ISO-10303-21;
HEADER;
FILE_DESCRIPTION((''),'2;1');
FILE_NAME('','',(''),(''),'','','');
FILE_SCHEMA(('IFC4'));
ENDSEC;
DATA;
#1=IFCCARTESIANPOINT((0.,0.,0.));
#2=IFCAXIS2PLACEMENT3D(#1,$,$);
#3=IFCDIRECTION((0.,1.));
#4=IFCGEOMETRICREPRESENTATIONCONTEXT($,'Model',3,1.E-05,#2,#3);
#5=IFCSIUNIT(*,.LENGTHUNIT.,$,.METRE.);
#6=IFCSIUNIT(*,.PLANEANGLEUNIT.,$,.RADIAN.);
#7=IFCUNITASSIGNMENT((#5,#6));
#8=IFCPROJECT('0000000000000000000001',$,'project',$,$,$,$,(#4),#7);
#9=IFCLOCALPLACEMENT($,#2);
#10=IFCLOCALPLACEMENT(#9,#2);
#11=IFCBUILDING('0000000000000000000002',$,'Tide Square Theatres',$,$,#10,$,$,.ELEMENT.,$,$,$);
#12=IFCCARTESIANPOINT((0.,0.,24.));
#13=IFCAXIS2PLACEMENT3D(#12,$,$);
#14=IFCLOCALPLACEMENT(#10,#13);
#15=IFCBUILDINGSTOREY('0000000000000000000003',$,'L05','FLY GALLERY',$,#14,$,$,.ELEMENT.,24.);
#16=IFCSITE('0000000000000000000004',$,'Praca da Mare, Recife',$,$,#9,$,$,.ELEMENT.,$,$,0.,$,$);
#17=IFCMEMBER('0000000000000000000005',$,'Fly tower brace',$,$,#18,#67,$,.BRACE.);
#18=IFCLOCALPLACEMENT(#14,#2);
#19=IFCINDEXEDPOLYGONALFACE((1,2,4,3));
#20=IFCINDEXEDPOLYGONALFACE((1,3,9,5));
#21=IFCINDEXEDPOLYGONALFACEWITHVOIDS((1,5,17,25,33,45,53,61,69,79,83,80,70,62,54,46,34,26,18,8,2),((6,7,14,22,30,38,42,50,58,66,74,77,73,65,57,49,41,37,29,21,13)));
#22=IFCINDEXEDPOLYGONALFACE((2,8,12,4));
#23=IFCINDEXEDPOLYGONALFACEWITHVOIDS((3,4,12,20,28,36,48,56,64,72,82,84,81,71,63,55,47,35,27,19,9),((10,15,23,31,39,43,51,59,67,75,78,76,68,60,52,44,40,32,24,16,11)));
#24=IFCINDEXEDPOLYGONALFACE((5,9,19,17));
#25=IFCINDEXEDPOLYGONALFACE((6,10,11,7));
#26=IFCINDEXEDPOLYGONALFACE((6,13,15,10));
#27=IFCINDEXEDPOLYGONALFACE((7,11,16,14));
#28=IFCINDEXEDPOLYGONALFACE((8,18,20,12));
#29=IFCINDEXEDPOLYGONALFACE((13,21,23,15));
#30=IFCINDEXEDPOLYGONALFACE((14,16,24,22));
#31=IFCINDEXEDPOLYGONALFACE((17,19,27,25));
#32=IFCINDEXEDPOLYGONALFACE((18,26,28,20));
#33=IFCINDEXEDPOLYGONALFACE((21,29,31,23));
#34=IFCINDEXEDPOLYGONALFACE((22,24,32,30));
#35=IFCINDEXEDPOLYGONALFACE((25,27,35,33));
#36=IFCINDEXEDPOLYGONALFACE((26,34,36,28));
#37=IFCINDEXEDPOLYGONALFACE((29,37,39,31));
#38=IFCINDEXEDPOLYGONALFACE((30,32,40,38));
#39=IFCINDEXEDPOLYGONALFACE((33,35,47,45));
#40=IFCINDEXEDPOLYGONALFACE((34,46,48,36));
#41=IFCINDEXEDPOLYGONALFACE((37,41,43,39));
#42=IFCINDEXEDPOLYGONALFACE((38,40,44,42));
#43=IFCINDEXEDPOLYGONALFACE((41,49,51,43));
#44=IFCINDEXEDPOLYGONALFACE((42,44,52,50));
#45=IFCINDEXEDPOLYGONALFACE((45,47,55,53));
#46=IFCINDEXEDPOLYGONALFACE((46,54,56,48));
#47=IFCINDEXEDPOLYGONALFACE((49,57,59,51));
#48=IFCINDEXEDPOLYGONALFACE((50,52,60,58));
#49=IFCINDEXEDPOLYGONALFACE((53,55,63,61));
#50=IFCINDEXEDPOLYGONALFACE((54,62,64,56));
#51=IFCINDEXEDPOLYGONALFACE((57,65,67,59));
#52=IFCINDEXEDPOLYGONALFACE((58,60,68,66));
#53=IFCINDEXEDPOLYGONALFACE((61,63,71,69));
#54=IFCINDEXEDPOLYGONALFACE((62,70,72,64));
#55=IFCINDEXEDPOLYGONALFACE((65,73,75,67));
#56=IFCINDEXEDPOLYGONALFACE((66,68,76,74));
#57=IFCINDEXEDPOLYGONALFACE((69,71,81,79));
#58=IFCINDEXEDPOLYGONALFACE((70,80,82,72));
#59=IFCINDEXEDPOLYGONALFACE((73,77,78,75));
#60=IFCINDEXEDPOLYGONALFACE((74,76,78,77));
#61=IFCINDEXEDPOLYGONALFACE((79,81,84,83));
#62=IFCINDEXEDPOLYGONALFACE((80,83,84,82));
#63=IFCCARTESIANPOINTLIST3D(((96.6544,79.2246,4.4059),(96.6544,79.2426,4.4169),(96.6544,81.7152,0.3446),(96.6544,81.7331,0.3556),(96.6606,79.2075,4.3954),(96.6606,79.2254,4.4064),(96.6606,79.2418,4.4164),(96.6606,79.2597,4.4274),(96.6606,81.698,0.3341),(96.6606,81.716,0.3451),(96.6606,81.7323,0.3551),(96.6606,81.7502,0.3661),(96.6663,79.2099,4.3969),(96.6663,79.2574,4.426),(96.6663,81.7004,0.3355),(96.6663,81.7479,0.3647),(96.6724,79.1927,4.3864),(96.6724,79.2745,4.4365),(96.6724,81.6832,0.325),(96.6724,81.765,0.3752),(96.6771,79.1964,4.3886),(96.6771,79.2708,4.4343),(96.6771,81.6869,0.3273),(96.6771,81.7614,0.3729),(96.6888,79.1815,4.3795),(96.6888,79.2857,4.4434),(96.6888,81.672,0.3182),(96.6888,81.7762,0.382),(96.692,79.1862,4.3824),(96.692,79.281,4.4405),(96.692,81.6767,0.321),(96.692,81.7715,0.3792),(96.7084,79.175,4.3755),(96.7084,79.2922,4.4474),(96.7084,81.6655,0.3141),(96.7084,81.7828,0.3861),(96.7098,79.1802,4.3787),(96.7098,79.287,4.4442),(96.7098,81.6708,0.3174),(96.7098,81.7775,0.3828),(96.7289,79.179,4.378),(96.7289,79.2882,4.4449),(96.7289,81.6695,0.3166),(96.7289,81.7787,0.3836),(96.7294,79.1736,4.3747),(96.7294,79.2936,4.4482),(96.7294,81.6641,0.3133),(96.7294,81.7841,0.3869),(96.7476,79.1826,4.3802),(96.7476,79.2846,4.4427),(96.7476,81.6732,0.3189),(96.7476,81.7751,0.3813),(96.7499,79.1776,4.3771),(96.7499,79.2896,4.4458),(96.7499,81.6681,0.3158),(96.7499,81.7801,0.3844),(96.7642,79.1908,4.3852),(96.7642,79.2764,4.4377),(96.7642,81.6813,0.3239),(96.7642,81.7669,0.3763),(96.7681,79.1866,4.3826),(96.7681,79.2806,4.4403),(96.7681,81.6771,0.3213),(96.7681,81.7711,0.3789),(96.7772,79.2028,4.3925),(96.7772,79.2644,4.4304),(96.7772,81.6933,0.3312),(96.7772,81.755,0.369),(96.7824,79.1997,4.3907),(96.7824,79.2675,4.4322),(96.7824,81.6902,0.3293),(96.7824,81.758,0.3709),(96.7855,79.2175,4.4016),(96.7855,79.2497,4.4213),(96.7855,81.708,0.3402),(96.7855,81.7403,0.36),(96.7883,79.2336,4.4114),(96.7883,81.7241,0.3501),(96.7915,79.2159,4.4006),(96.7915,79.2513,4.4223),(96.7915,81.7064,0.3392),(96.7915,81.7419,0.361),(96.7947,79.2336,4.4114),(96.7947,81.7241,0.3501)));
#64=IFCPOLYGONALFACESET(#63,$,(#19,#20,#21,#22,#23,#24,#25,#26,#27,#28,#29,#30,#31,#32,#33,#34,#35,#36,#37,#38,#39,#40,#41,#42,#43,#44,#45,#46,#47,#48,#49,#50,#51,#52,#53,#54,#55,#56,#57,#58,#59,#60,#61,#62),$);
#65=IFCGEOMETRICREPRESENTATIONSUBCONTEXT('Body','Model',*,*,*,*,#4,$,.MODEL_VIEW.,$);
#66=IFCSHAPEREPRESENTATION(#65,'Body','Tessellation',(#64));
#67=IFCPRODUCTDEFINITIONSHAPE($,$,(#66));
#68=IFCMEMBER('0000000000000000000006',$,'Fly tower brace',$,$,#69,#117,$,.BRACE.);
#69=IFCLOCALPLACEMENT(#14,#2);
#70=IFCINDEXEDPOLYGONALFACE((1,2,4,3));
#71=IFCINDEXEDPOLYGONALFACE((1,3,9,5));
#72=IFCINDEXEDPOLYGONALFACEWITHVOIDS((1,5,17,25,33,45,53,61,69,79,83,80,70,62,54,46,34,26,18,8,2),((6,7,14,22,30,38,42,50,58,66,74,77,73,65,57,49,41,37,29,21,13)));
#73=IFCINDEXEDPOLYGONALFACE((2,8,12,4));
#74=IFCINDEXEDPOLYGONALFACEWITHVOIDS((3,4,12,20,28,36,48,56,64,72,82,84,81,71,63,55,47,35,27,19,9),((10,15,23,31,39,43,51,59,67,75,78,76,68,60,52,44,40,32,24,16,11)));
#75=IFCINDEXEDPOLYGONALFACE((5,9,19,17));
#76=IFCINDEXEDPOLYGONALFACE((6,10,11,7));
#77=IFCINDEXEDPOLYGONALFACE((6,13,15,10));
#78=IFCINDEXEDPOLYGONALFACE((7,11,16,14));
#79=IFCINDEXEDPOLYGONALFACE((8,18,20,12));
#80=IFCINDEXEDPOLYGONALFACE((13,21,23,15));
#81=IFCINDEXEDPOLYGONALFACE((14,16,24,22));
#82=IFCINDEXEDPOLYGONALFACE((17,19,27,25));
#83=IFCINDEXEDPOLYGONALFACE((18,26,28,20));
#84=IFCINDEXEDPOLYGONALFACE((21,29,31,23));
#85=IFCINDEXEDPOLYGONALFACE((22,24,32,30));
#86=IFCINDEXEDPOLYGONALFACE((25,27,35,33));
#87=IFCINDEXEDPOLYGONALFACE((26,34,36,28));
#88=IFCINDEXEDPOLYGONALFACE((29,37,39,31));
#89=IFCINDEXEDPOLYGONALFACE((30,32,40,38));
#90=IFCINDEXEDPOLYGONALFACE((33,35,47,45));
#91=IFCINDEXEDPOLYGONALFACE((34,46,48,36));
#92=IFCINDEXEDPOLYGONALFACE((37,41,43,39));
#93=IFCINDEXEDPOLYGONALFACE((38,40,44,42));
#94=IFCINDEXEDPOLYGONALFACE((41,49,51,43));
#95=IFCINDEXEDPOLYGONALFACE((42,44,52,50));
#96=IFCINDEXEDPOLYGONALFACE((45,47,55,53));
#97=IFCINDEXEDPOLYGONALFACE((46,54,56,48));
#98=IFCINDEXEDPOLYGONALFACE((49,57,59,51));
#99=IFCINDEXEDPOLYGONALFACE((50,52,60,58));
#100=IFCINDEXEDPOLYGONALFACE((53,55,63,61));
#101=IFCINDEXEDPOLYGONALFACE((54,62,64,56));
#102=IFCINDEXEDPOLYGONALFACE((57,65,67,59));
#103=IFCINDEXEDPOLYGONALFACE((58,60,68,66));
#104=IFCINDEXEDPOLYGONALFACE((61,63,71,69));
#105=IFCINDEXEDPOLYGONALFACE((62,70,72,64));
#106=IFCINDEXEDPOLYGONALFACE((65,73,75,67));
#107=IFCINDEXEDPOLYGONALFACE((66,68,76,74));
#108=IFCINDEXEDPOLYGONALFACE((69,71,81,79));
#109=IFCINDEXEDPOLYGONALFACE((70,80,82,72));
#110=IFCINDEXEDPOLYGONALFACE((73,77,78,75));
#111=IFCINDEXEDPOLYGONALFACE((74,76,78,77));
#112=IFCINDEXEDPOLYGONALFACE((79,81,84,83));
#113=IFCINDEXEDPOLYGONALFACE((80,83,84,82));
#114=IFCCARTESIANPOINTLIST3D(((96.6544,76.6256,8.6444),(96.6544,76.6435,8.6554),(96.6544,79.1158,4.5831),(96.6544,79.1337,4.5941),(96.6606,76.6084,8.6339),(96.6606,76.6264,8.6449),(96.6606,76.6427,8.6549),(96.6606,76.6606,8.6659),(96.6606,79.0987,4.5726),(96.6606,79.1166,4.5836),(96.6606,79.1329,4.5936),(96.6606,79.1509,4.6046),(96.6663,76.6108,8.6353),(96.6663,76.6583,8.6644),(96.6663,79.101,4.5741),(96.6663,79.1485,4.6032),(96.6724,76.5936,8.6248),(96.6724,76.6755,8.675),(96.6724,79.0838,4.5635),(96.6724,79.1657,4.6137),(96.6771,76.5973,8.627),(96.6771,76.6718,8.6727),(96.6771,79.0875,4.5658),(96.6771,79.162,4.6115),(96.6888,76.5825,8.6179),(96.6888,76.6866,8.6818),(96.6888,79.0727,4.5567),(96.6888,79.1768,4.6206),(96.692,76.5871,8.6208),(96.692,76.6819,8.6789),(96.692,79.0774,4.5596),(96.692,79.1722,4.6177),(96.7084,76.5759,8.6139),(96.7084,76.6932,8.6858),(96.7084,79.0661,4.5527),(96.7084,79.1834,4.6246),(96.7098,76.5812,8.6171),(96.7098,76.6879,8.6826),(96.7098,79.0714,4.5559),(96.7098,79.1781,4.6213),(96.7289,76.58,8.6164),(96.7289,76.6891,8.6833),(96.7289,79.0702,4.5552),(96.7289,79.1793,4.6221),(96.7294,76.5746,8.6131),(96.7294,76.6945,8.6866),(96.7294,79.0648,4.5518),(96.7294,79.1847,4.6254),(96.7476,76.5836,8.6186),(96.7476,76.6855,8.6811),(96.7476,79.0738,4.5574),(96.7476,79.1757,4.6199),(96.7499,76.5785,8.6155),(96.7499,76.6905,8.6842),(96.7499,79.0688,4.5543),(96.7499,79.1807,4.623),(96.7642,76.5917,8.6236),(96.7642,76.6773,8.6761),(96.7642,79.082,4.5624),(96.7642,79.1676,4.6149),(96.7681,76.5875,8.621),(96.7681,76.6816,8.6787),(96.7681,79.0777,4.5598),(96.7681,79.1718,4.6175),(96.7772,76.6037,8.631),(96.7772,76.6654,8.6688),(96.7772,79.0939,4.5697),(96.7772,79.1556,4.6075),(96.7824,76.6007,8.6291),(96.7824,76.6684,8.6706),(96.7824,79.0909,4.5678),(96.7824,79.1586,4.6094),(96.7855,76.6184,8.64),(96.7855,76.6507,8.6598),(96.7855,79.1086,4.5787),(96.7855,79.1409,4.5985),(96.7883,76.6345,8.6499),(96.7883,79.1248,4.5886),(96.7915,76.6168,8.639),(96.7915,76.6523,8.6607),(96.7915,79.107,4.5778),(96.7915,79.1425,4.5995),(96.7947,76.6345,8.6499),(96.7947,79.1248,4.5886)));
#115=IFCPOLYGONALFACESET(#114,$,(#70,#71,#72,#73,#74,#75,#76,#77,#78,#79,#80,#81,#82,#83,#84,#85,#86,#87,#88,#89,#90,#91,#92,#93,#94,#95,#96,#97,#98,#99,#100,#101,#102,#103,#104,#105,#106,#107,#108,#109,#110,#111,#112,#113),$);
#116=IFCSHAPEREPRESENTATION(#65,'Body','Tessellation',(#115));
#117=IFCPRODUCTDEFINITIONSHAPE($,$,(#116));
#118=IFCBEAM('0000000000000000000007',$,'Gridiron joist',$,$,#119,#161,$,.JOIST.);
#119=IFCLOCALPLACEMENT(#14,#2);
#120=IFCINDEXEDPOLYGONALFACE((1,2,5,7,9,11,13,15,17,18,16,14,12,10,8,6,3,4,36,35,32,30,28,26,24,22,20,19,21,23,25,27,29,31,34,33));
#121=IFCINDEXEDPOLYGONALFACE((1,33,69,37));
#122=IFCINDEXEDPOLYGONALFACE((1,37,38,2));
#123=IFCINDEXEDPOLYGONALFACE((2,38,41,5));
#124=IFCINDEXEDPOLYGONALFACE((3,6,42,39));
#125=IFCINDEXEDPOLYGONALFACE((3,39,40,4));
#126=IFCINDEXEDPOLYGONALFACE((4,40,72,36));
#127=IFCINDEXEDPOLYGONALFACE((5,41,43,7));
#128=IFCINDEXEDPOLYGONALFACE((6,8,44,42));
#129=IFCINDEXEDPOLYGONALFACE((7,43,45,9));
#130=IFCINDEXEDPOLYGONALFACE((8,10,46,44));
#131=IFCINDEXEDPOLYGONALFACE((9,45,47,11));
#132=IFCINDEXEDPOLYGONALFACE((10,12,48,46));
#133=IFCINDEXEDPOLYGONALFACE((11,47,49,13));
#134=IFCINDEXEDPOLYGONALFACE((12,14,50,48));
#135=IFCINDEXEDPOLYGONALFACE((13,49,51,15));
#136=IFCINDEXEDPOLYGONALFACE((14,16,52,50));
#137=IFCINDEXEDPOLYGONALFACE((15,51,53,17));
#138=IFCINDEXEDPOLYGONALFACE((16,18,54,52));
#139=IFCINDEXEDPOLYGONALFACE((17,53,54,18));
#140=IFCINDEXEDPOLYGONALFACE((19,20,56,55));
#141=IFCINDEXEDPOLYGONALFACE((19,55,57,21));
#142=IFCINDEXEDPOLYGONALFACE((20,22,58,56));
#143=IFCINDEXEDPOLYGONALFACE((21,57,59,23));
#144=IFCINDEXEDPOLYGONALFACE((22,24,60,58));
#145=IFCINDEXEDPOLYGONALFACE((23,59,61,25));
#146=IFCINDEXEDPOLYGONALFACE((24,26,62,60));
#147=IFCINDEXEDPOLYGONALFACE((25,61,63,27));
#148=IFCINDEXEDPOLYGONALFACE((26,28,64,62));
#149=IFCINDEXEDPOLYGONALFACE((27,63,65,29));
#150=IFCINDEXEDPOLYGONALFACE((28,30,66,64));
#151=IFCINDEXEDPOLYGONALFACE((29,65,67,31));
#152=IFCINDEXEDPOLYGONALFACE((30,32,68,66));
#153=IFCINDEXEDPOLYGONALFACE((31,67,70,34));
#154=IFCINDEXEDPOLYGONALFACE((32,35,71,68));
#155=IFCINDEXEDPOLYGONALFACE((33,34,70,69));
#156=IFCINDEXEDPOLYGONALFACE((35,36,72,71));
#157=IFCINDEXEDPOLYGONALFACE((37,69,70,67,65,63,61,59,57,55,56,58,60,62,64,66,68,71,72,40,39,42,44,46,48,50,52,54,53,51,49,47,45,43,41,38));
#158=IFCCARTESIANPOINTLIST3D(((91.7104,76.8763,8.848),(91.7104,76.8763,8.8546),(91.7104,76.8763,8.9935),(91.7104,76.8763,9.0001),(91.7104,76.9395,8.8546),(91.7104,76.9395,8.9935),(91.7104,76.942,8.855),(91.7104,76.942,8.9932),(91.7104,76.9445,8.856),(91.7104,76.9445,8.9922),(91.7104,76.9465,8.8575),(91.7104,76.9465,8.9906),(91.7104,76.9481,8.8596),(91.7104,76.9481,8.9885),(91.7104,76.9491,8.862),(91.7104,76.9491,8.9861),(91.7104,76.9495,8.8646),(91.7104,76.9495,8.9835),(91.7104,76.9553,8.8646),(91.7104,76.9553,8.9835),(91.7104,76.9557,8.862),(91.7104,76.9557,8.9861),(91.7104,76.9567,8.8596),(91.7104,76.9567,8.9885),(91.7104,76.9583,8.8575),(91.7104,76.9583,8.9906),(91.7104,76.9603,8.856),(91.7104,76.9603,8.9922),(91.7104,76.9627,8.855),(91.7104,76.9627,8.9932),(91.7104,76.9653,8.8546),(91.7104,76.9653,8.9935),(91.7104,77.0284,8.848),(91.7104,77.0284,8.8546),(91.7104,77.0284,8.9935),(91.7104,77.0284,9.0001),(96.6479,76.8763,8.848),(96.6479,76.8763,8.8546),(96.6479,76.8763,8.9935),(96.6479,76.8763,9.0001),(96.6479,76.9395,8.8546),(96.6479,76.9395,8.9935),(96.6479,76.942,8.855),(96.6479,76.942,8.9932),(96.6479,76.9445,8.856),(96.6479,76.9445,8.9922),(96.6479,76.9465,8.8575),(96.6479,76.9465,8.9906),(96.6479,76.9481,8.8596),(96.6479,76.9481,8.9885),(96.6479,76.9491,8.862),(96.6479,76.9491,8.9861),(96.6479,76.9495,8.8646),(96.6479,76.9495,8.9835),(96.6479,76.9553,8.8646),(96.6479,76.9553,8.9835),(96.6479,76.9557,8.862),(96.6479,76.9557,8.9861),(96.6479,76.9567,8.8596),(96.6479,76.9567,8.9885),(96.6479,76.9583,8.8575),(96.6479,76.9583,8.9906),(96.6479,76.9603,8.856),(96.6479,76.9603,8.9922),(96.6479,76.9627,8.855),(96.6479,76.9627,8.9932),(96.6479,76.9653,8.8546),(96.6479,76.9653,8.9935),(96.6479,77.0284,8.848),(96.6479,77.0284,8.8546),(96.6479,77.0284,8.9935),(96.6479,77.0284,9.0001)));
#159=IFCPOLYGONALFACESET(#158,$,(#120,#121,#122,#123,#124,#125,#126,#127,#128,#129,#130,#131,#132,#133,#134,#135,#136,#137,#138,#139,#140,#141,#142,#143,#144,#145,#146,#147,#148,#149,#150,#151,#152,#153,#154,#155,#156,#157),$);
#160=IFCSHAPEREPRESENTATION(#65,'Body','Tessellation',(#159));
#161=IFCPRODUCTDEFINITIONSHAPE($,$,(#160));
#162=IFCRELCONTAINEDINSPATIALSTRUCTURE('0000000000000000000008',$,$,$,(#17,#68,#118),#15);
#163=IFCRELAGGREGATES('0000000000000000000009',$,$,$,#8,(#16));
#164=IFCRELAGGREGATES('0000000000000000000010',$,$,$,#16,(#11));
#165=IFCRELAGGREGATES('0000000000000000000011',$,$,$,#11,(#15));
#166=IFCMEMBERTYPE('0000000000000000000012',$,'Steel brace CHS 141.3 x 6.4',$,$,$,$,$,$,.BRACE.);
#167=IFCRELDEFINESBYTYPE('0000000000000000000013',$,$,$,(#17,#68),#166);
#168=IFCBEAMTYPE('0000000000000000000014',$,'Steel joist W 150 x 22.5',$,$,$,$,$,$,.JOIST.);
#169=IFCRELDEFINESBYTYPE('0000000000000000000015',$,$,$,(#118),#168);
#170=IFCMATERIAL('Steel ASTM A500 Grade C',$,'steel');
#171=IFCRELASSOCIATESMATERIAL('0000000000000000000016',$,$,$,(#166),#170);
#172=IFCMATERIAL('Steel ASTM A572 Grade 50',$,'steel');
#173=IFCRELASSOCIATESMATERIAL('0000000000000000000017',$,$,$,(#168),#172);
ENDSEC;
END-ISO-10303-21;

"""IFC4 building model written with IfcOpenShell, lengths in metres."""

from ifc_helpers import new_model, si_unit, direction, frame, origin, origin_2d, place, context, subcontext, project, spatial, hollow_circle, i_section, extrude, material, material_profile, profile_set, type_object, element, save


model = new_model("IFC4")

# Units and contexts
model_context = context("Model", 3, precision=1e-05, world=origin(), true_north=direction((0.0, 1.0)))
body_context = subcontext(model_context, "Body", "Model", "MODEL_VIEW")
ifc_project = project(units=[si_unit("LENGTHUNIT", "METRE"), si_unit("PLANEANGLEUNIT", "RADIAN")], contexts=[model_context])

# Site, building, storey
site_placement = place(None, origin())
site = spatial("IfcSite", under=ifc_project, at=site_placement, Name="Praca da Mare, Recife", CompositionType="ELEMENT", RefElevation=0.0)
building_placement = place(site_placement, origin())
building = spatial("IfcBuilding", under=site, at=building_placement, Name="Tide Square Theatres", CompositionType="ELEMENT")
storey_placement = place(building_placement, frame((0.0, 0.0, 24.0)))
storey = spatial("IfcBuildingStorey", under=building, at=storey_placement, Name="L05", Description="FLY GALLERY", CompositionType="ELEMENT", Elevation=24.0)

# Members
ifc_material_1 = material(Name="Steel ASTM A500 Grade C", Category="steel")
ifc_material_profile_1 = material_profile(ifc_material_1, hollow_circle(Radius=0.0706, WallThickness=0.0063, at=origin_2d()))
ifc_profile_set_1 = profile_set([ifc_material_profile_1], Name="Steel ASTM A500 Grade C")
member_type_1 = type_object("IfcMemberType", Name="Steel brace CHS 141.3 x 6.4", PredefinedType="BRACE", material=ifc_profile_set_1)
member_1_placement = place(storey_placement, frame((96.7241, 81.7241, 0.3501), z_axis=(0.0, -0.522762, 0.852479), x_axis=(1.0, 0.0, 0.0)))
element("IfcMember", 1, at=member_1_placement, inside=storey, type_object=member_type_1, Name="Fly tower brace", PredefinedType="BRACE", context=body_context, shape_type="SweptSolid", body=[
    extrude(hollow_circle(Radius=0.0706, WallThickness=0.0063, at=origin_2d()), origin(), (0.0, 0.0, 1.0), 4.7642),
])
member_2_placement = place(storey_placement, frame((96.7241, 79.1248, 4.5886), z_axis=(0.0, -0.522724, 0.852502), x_axis=(1.0, 0.0, 0.0)))
element("IfcMember", 2, at=member_2_placement, inside=storey, type_object=member_type_1, Name="Fly tower brace", PredefinedType="BRACE", context=body_context, shape_type="SweptSolid", body=[
    extrude(hollow_circle(Radius=0.0706, WallThickness=0.0063, at=origin_2d()), origin(), (0.0, 0.0, 1.0), 4.7639),
])

# Beam
ifc_material_2 = material(Name="Steel ASTM A572 Grade 50", Category="steel")
ifc_material_profile_2 = material_profile(ifc_material_2, i_section(OverallWidth=0.1521, OverallDepth=0.1521, WebThickness=0.0059, FlangeThickness=0.0066, FilletRadius=0.01, at=origin_2d()))
ifc_profile_set_2 = profile_set([ifc_material_profile_2], Name="Steel ASTM A572 Grade 50")
beam_type_1 = type_object("IfcBeamType", Name="Steel joist W 150 x 22.5", PredefinedType="JOIST", material=ifc_profile_set_2)
for number, where, z_axis, x_axis, name in (
    (3, (91.7104, 76.9524, 8.9241), (1.0, 0.0, 0.0), (0.0, 1.0, 0.0), "Gridiron joist"),
):
    element("IfcBeam", number, at=place(storey_placement, frame(where, z_axis=z_axis, x_axis=x_axis)), inside=storey, type_object=beam_type_1, Name=name, PredefinedType="JOIST", context=body_context, shape_type="SweptSolid", body=[
        extrude(i_section(OverallWidth=0.1521, OverallDepth=0.1521, WebThickness=0.0059, FlangeThickness=0.0066, FilletRadius=0.01, at=origin_2d()), origin(), (0.0, 0.0, 1.0), 4.9375),
    ])

save(model, "model.ifc")
